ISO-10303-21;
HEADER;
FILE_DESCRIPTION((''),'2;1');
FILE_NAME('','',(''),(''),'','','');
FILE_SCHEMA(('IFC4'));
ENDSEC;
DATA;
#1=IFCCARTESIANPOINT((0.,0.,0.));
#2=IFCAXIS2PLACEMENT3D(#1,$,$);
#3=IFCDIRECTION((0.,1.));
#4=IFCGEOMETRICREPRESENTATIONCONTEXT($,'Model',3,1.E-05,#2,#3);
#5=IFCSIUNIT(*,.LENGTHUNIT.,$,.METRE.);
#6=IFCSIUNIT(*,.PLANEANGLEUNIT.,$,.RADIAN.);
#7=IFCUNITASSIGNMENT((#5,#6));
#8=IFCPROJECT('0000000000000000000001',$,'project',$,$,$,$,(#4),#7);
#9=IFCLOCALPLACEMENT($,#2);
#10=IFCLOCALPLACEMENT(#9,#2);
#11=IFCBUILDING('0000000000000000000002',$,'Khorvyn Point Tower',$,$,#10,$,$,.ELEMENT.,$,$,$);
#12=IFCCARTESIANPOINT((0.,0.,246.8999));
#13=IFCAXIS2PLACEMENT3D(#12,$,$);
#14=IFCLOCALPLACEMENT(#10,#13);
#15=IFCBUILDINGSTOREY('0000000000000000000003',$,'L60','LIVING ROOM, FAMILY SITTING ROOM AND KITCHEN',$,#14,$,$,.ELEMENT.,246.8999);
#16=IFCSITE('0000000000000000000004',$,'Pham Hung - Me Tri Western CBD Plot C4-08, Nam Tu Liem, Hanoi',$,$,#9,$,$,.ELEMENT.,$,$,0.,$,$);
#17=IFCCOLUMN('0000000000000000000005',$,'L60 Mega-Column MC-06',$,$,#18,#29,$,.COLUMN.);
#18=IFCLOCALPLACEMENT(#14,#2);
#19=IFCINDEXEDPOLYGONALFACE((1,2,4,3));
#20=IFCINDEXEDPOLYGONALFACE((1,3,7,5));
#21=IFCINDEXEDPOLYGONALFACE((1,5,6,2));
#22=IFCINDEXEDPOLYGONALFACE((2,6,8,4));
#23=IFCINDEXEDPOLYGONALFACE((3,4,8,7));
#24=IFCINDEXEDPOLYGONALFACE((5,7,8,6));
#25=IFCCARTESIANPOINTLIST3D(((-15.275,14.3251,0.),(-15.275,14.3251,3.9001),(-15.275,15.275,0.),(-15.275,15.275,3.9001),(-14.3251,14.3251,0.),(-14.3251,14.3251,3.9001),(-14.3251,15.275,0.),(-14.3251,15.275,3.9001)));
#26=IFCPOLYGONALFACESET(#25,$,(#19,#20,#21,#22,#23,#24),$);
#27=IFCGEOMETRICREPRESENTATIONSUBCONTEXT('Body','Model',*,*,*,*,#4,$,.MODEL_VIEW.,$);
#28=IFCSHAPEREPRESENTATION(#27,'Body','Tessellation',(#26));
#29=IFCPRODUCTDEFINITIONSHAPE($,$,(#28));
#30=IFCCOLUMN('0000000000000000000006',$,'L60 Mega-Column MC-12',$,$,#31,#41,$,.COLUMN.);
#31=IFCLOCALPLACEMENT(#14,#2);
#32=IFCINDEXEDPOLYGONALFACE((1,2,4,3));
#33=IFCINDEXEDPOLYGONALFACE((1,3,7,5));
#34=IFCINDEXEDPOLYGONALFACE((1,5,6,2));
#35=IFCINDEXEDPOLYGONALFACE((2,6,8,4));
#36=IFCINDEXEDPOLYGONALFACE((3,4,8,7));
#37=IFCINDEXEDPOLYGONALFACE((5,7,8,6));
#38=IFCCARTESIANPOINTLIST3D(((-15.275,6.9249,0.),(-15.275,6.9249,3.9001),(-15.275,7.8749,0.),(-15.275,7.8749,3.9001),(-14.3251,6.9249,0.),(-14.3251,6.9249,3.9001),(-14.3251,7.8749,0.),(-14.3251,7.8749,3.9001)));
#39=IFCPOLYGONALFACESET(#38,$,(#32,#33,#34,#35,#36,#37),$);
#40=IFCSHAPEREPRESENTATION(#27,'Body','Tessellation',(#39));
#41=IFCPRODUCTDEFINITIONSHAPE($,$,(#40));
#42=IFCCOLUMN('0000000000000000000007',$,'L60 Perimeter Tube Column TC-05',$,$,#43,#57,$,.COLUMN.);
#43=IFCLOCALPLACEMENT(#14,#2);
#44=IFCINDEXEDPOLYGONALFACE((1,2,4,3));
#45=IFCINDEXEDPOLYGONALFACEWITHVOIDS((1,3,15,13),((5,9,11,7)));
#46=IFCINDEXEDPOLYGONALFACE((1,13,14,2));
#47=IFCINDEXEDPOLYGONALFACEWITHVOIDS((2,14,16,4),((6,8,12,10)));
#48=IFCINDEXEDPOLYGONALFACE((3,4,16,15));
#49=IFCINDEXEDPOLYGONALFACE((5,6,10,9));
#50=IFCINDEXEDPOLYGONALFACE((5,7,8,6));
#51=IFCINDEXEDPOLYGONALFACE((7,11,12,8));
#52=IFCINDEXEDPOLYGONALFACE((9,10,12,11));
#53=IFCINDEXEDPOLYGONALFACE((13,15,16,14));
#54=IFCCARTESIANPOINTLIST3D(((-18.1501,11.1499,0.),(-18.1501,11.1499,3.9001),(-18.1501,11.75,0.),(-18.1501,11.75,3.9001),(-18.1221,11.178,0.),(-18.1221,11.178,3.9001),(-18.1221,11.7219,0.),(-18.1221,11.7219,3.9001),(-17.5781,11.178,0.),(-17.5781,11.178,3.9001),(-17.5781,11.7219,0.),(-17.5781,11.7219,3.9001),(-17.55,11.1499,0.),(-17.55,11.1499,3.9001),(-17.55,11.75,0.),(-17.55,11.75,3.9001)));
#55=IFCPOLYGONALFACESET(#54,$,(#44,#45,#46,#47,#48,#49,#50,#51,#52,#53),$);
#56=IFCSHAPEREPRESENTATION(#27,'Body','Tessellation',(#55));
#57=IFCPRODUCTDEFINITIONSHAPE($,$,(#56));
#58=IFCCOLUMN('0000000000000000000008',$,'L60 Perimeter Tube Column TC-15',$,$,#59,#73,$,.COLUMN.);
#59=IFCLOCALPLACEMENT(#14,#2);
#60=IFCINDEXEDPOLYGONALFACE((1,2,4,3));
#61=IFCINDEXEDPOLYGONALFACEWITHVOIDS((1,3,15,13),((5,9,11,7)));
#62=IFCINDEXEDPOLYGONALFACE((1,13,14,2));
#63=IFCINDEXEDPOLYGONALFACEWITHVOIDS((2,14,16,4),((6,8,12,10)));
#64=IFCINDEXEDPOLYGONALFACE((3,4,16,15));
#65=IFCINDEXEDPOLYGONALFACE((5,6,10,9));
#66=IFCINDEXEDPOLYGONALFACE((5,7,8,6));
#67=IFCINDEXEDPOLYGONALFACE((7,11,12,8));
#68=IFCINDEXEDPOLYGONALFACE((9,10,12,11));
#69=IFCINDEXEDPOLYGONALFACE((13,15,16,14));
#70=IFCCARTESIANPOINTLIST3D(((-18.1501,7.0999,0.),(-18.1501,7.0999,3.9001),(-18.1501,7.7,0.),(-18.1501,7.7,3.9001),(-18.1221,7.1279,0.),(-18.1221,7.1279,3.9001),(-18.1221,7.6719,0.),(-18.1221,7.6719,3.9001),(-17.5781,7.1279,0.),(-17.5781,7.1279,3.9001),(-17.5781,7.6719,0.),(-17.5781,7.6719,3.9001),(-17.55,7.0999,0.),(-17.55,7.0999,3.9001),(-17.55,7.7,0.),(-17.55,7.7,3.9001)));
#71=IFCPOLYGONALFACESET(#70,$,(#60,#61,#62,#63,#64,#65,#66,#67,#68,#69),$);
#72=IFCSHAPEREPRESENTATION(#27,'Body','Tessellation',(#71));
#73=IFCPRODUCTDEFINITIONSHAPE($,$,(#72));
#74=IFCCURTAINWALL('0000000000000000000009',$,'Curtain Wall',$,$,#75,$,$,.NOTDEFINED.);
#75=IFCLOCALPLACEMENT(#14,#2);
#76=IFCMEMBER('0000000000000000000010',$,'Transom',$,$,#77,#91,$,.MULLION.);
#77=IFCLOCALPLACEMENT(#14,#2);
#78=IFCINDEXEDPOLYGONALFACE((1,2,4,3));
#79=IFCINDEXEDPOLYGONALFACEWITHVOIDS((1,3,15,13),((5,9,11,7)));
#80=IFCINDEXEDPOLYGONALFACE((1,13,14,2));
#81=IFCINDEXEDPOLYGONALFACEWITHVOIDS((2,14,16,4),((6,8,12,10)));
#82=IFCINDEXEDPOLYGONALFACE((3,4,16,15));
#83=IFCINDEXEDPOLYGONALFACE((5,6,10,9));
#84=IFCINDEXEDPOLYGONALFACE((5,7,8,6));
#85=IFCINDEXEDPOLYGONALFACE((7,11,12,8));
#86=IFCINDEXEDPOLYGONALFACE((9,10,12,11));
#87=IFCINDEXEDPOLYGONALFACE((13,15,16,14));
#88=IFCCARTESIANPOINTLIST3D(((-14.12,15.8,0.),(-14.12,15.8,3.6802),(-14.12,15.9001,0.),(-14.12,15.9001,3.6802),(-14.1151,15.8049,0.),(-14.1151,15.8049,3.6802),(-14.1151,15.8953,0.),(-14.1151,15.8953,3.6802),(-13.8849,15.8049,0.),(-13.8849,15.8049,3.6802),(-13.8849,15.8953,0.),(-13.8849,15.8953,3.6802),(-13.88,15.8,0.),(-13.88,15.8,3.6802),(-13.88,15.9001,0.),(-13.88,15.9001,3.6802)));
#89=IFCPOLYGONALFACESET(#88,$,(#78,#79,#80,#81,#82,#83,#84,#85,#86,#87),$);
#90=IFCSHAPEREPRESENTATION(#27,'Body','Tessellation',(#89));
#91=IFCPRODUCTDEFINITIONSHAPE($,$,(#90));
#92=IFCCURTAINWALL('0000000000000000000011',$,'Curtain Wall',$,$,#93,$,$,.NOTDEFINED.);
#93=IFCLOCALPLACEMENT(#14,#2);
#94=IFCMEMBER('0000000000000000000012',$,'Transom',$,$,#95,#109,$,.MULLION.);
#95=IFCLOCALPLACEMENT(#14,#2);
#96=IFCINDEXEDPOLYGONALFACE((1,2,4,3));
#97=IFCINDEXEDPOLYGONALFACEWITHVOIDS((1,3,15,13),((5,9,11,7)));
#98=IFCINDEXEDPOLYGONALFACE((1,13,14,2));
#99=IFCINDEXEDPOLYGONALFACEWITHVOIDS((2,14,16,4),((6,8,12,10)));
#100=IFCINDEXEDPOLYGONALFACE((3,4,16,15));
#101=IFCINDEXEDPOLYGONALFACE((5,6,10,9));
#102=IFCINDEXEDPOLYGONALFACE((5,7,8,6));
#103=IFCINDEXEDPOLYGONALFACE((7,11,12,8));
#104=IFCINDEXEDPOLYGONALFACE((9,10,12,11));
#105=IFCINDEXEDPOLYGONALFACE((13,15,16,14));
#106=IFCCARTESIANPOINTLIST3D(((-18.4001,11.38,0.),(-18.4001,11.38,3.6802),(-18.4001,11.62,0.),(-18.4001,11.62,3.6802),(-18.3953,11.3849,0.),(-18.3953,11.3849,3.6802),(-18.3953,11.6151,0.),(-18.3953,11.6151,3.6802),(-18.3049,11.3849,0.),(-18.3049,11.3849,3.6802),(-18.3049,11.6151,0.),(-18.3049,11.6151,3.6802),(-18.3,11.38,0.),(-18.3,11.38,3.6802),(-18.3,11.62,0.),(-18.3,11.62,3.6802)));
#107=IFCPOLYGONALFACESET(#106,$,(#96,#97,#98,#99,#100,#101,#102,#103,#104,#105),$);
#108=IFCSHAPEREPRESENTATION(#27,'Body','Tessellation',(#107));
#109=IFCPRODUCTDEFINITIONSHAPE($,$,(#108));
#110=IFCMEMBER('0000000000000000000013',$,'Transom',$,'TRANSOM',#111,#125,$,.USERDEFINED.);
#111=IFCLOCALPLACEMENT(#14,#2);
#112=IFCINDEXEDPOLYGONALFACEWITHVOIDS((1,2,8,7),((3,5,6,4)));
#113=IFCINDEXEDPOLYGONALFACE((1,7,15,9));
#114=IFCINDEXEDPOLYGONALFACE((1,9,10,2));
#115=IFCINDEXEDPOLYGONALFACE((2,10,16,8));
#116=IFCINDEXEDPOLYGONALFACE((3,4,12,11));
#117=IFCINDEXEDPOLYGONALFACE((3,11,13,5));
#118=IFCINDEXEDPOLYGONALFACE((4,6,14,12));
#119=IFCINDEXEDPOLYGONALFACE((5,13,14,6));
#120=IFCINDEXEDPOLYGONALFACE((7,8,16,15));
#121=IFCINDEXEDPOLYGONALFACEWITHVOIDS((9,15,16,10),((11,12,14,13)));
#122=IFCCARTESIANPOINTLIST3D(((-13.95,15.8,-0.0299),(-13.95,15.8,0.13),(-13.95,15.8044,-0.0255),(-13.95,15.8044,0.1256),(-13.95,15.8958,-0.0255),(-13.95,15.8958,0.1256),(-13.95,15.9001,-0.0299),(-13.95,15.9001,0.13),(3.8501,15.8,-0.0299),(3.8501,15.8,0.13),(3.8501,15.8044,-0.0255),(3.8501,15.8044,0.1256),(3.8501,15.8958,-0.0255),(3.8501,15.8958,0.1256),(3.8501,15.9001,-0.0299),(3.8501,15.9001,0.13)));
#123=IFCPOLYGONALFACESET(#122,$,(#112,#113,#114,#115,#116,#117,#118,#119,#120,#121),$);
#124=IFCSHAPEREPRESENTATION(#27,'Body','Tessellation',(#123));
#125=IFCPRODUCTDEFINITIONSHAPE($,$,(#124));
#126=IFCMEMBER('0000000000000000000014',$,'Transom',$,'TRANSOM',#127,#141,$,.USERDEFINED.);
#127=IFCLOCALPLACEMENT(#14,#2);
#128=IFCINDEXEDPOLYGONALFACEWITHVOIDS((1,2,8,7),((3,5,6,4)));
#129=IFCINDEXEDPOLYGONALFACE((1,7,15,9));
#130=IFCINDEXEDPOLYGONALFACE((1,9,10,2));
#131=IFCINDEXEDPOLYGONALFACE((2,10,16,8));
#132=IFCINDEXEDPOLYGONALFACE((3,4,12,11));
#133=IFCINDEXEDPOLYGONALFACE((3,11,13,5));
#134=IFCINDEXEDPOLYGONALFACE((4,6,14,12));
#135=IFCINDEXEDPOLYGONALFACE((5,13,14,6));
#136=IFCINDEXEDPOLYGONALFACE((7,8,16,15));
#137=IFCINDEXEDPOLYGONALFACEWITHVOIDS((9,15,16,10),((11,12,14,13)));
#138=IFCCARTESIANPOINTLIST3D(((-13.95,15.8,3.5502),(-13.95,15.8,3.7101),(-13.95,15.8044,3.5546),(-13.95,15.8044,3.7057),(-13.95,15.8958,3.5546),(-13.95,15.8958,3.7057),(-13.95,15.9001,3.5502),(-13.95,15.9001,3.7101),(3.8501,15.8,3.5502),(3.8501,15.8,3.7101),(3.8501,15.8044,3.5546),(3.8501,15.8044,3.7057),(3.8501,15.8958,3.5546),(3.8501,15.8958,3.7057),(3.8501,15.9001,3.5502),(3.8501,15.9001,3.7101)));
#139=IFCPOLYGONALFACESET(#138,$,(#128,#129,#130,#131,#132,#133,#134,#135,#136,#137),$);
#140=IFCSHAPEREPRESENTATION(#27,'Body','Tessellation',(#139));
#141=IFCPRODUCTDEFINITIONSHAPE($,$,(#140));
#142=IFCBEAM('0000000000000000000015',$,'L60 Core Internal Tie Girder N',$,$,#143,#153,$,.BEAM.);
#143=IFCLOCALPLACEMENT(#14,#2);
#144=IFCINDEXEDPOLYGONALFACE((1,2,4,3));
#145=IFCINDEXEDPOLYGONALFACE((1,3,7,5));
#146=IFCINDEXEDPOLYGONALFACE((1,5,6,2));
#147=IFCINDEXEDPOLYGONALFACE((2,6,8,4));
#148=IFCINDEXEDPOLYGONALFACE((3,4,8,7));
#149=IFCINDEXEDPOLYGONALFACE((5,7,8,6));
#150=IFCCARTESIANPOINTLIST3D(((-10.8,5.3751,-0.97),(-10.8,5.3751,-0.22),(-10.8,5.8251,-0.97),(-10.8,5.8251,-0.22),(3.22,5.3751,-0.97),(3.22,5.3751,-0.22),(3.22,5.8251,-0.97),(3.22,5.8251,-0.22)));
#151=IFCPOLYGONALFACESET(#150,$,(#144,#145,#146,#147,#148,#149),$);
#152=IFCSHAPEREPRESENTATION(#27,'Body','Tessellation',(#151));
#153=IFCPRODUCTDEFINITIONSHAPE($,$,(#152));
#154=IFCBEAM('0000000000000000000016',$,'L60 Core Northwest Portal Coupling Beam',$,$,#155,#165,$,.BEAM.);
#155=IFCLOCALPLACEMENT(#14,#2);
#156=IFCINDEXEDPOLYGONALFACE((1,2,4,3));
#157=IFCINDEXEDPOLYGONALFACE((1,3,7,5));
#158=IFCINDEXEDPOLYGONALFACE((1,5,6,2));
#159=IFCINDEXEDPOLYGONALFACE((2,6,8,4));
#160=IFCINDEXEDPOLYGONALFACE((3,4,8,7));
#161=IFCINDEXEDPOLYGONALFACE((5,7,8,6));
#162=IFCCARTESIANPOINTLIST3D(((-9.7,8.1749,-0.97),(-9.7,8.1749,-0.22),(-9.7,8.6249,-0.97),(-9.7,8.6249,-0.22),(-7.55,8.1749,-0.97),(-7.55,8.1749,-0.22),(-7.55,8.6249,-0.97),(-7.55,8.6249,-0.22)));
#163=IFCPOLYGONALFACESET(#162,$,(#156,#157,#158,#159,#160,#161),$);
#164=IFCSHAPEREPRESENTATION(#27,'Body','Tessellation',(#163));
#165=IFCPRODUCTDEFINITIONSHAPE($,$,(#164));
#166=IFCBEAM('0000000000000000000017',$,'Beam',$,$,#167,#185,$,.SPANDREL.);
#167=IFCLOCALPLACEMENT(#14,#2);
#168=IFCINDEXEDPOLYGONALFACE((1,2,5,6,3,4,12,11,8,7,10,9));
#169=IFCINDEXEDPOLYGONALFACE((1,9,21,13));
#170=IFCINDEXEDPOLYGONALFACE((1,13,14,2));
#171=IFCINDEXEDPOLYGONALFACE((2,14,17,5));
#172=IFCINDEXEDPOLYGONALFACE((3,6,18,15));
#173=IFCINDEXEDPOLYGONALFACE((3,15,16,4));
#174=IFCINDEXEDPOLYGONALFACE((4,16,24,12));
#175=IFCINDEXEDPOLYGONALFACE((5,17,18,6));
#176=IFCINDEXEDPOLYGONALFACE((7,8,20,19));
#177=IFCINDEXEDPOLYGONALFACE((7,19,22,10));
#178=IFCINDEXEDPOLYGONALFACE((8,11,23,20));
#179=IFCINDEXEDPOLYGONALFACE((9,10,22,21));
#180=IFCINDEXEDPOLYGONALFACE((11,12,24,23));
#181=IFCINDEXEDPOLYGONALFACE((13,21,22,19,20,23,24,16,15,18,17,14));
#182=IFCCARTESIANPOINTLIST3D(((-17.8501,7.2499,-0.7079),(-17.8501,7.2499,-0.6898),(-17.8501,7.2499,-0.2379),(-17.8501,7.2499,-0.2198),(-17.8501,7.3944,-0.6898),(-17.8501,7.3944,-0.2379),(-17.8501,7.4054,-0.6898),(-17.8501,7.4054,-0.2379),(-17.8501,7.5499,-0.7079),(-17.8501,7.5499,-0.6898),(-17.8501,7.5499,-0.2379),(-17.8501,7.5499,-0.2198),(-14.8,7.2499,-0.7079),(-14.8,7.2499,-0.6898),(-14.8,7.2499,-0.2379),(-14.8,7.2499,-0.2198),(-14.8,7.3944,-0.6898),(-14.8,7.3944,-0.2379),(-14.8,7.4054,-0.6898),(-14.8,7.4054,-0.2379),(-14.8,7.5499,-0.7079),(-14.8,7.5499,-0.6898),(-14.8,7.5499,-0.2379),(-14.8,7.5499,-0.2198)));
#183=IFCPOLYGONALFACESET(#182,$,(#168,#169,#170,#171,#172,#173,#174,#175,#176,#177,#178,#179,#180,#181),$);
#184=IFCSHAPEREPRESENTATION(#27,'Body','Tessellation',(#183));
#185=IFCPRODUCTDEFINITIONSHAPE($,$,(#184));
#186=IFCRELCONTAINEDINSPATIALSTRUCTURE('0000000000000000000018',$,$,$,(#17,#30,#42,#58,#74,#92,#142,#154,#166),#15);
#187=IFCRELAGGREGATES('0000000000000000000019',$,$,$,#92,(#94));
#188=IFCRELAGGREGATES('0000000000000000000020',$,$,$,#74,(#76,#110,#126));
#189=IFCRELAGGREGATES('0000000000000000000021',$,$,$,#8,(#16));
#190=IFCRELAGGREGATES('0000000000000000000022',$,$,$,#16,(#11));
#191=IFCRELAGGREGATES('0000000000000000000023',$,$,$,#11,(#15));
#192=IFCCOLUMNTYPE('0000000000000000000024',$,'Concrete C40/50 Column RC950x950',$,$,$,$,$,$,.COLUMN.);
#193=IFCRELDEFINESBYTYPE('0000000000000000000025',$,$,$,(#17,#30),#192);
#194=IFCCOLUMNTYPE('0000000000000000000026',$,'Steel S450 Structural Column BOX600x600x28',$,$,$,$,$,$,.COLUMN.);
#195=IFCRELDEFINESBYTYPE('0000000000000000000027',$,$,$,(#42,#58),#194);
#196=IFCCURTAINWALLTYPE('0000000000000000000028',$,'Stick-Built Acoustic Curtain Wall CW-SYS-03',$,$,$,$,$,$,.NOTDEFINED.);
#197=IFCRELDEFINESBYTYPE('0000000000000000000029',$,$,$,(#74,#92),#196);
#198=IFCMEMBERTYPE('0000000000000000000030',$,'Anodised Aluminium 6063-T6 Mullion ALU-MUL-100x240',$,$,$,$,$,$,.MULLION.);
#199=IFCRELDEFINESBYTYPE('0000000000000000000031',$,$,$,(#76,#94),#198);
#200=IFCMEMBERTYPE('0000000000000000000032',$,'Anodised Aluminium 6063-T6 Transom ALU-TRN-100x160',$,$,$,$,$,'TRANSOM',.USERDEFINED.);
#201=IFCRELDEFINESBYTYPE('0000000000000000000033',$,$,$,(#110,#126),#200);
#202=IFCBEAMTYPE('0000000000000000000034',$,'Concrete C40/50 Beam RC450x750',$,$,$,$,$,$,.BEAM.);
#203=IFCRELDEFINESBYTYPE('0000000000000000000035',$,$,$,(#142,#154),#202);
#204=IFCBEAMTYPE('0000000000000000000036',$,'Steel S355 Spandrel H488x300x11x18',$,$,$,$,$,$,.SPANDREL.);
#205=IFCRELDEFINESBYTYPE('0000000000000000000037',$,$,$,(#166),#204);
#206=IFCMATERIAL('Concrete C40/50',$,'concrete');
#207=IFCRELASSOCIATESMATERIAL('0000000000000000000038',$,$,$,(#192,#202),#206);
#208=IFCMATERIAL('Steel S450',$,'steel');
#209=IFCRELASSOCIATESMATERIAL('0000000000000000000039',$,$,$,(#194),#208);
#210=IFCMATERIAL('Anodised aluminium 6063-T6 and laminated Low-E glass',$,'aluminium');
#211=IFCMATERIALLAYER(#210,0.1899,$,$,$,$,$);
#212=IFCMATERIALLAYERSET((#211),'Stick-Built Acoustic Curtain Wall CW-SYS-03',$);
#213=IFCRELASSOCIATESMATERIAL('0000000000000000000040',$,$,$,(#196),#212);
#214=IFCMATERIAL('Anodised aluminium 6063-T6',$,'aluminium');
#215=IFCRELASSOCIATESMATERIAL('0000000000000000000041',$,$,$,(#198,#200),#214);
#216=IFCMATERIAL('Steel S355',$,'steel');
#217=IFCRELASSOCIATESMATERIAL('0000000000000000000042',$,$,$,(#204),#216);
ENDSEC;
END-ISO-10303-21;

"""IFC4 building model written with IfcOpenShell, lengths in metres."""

from ifc_helpers import new_model, si_unit, direction, frame, origin, origin_2d, place, context, subcontext, project, spatial, rectangle, hollow_rectangle, i_section, extrude, material, layer, layer_set, material_profile, profile_set, type_object, element, aggregate, save


model = new_model("IFC4")

# Units and contexts
model_context = context("Model", 3, precision=1e-05, world=origin(), true_north=direction((0.0, 1.0)))
body_context = subcontext(model_context, "Body", "Model", "MODEL_VIEW")
ifc_project = project(units=[si_unit("LENGTHUNIT", "METRE"), si_unit("PLANEANGLEUNIT", "RADIAN")], contexts=[model_context])

# Site, building, storey
site_placement = place(None, origin())
site = spatial("IfcSite", under=ifc_project, at=site_placement, Name="Pham Hung - Me Tri Western CBD Plot C4-08, Nam Tu Liem, Hanoi", CompositionType="ELEMENT", RefElevation=0.0)
building_placement = place(site_placement, origin())
building = spatial("IfcBuilding", under=site, at=building_placement, Name="Khorvyn Point Tower", CompositionType="ELEMENT")
storey_placement = place(building_placement, frame((0.0, 0.0, 246.8999)))
storey = spatial("IfcBuildingStorey", under=building, at=storey_placement, Name="L60", Description="LIVING ROOM, FAMILY SITTING ROOM AND KITCHEN", CompositionType="ELEMENT", Elevation=246.8999)

# Columns
ifc_material_1 = material(Name="Concrete C40/50", Category="concrete")
ifc_material_profile_1 = material_profile(ifc_material_1, rectangle(XDim=0.95, YDim=0.95, at=origin_2d()))
ifc_profile_set_1 = profile_set([ifc_material_profile_1], Name="Concrete C40/50 RC950x950")
column_type_1 = type_object("IfcColumnType", Name="Concrete C40/50 Column RC950x950", PredefinedType="COLUMN", material=ifc_profile_set_1)
for number, where, z_axis, x_axis, name in (
    (1, (-14.8, 14.8, 0.0), (0.0, 0.0, 1.0), (1.0, 0.0, 0.0), "L60 Mega-Column MC-06"),
    (2, (-14.8, 7.3999, 0.0), (0.0, 0.0, 1.0), (1.0, 0.0, 0.0), "L60 Mega-Column MC-12"),
):
    element("IfcColumn", number, at=place(storey_placement, frame(where, z_axis=z_axis, x_axis=x_axis)), inside=storey, type_object=column_type_1, Name=name, PredefinedType="COLUMN", context=body_context, shape_type="SweptSolid", body=[
        extrude(rectangle(XDim=0.95, YDim=0.95, at=origin_2d()), origin(), (0.0, 0.0, 1.0), 3.9001),
    ])
ifc_material_2 = material(Name="Steel S450", Category="steel")
ifc_material_profile_2 = material_profile(ifc_material_2, hollow_rectangle(XDim=0.6001, YDim=0.6001, WallThickness=0.0281, at=origin_2d()))
ifc_profile_set_2 = profile_set([ifc_material_profile_2], Name="Steel S450 BOX600x600x28")
column_type_2 = type_object("IfcColumnType", Name="Steel S450 Structural Column BOX600x600x28", PredefinedType="COLUMN", material=ifc_profile_set_2)
for number, where, z_axis, x_axis, name in (
    (3, (-17.8501, 11.45, 0.0), (0.0, 0.0, 1.0), (1.0, 0.0, 0.0), "L60 Perimeter Tube Column TC-05"),
    (4, (-17.8501, 7.3999, 0.0), (0.0, 0.0, 1.0), (1.0, 0.0, 0.0), "L60 Perimeter Tube Column TC-15"),
):
    element("IfcColumn", number, at=place(storey_placement, frame(where, z_axis=z_axis, x_axis=x_axis)), inside=storey, type_object=column_type_2, Name=name, PredefinedType="COLUMN", context=body_context, shape_type="SweptSolid", body=[
        extrude(hollow_rectangle(XDim=0.6001, YDim=0.6001, WallThickness=0.0281, at=origin_2d()), origin(), (0.0, 0.0, 1.0), 3.9001),
    ])

# Curtain walls, members
ifc_material_3 = material(Name="Anodised aluminium 6063-T6 and laminated Low-E glass", Category="aluminium")
ifc_layer_1 = layer(ifc_material_3, 0.1899)
ifc_layer_set_1 = layer_set([ifc_layer_1], Name="Stick-Built Acoustic Curtain Wall CW-SYS-03")
curtain_wall_type = type_object("IfcCurtainWallType", Name="Stick-Built Acoustic Curtain Wall CW-SYS-03", PredefinedType="NOTDEFINED", material=ifc_layer_set_1)
curtain_wall_1_placement = place(storey_placement, origin())
curtain_wall_1 = element("IfcCurtainWall", 5, at=curtain_wall_1_placement, inside=storey, type_object=curtain_wall_type, Name="Curtain Wall", PredefinedType="NOTDEFINED")
ifc_material_4 = material(Name="Anodised aluminium 6063-T6", Category="aluminium")
ifc_material_profile_3 = material_profile(ifc_material_4, hollow_rectangle(XDim=0.1001, YDim=0.24, WallThickness=0.0049, at=origin_2d()))
ifc_profile_set_3 = profile_set([ifc_material_profile_3], Name="Anodised aluminium 6063-T6 ALU-MUL-100x240")
member_type_1 = type_object("IfcMemberType", Name="Anodised Aluminium 6063-T6 Mullion ALU-MUL-100x240", PredefinedType="MULLION", material=ifc_profile_set_3)
member_1_placement = place(storey_placement, frame((-14.0, 15.8501, 0.0), z_axis=(0.0, 0.0, 1.0), x_axis=(0.0, 1.0, 0.0)))
member_1 = element("IfcMember", 6, at=member_1_placement, type_object=member_type_1, Name="Transom", PredefinedType="MULLION", context=body_context, shape_type="SweptSolid", body=[
    extrude(hollow_rectangle(XDim=0.1001, YDim=0.24, WallThickness=0.0049, at=origin_2d()), origin(), (0.0, 0.0, 1.0), 3.6802),
])
curtain_wall_2_placement = place(storey_placement, origin())
curtain_wall_2 = element("IfcCurtainWall", 7, at=curtain_wall_2_placement, inside=storey, type_object=curtain_wall_type, Name="Curtain Wall", PredefinedType="NOTDEFINED")
member_2_placement = place(storey_placement, frame((-18.3501, 11.5, 0.0), z_axis=(0.0, 0.0, 1.0), x_axis=(-1.0, 0.0, 0.0)))
member_2 = element("IfcMember", 8, at=member_2_placement, type_object=member_type_1, Name="Transom", PredefinedType="MULLION", context=body_context, shape_type="SweptSolid", body=[
    extrude(hollow_rectangle(XDim=0.1001, YDim=0.24, WallThickness=0.0049, at=origin_2d()), origin(), (0.0, 0.0, 1.0), 3.6802),
])
aggregate(curtain_wall_2, [member_2])

# Members
ifc_material_profile_4 = material_profile(ifc_material_4, hollow_rectangle(XDim=0.1001, YDim=0.1599, WallThickness=0.0044, at=origin_2d()))
ifc_profile_set_4 = profile_set([ifc_material_profile_4], Name="Anodised aluminium 6063-T6 ALU-TRN-100x160")
member_type_2 = type_object("IfcMemberType", Name="Anodised Aluminium 6063-T6 Transom ALU-TRN-100x160", ElementType="TRANSOM", PredefinedType="USERDEFINED", material=ifc_profile_set_4)
member_3_placement = place(storey_placement, frame((-13.95, 15.8501, 0.05), z_axis=(1.0, 0.0, 0.0), x_axis=(0.0, 1.0, 0.0)))
member_3 = element("IfcMember", 9, at=member_3_placement, type_object=member_type_2, Name="Transom", ObjectType="TRANSOM", PredefinedType="USERDEFINED", context=body_context, shape_type="SweptSolid", body=[
    extrude(hollow_rectangle(XDim=0.1001, YDim=0.1599, WallThickness=0.0044, at=origin_2d()), origin(), (0.0, 0.0, 1.0), 17.8),
])
member_4_placement = place(storey_placement, frame((-13.95, 15.8501, 3.6301), z_axis=(1.0, 0.0, 0.0), x_axis=(0.0, 1.0, 0.0)))
member_4 = element("IfcMember", 10, at=member_4_placement, type_object=member_type_2, Name="Transom", ObjectType="TRANSOM", PredefinedType="USERDEFINED", context=body_context, shape_type="SweptSolid", body=[
    extrude(hollow_rectangle(XDim=0.1001, YDim=0.1599, WallThickness=0.0044, at=origin_2d()), origin(), (0.0, 0.0, 1.0), 17.8),
])
aggregate(curtain_wall_1, [member_1, member_3, member_4])

# Beams
ifc_material_profile_5 = material_profile(ifc_material_1, rectangle(XDim=0.45, YDim=0.75, at=origin_2d()))
ifc_profile_set_5 = profile_set([ifc_material_profile_5], Name="Concrete C40/50 RC450x750")
beam_type_1 = type_object("IfcBeamType", Name="Concrete C40/50 Beam RC450x750", PredefinedType="BEAM", material=ifc_profile_set_5)
beam_1_placement = place(storey_placement, frame((-10.8, 5.6001, -0.595), z_axis=(1.0, 0.0, 0.0), x_axis=(0.0, 1.0, 0.0)))
element("IfcBeam", 11, at=beam_1_placement, inside=storey, type_object=beam_type_1, Name="L60 Core Internal Tie Girder N", PredefinedType="BEAM", context=body_context, shape_type="SweptSolid", body=[
    extrude(rectangle(XDim=0.45, YDim=0.75, at=origin_2d()), origin(), (0.0, 0.0, 1.0), 14.02),
])
beam_2_placement = place(storey_placement, frame((-9.7, 8.3999, -0.595), z_axis=(1.0, 0.0, 0.0), x_axis=(0.0, 1.0, 0.0)))
element("IfcBeam", 12, at=beam_2_placement, inside=storey, type_object=beam_type_1, Name="L60 Core Northwest Portal Coupling Beam", PredefinedType="BEAM", context=body_context, shape_type="SweptSolid", body=[
    extrude(rectangle(XDim=0.45, YDim=0.75, at=origin_2d()), origin(), (0.0, 0.0, 1.0), 2.1499),
])
ifc_material_5 = material(Name="Steel S355", Category="steel")
ifc_material_profile_6 = material_profile(ifc_material_5, i_section(OverallWidth=0.3, OverallDepth=0.488, WebThickness=0.011, FlangeThickness=0.0181, at=origin_2d()))
ifc_profile_set_6 = profile_set([ifc_material_profile_6], Name="Steel S355 H488x300x11x18")
beam_type_2 = type_object("IfcBeamType", Name="Steel S355 Spandrel H488x300x11x18", PredefinedType="SPANDREL", material=ifc_profile_set_6)
beam_3_placement = place(storey_placement, frame((-17.8501, 7.3999, -0.4639), z_axis=(1.0, 0.0, 0.0), x_axis=(0.0, 1.0, 0.0)))
element("IfcBeam", 13, at=beam_3_placement, inside=storey, type_object=beam_type_2, Name="Beam", PredefinedType="SPANDREL", context=body_context, shape_type="SweptSolid", body=[
    extrude(i_section(OverallWidth=0.3, OverallDepth=0.488, WebThickness=0.011, FlangeThickness=0.0181, at=origin_2d()), origin(), (0.0, 0.0, 1.0), 3.05),
])

save(model, "model.ifc")
